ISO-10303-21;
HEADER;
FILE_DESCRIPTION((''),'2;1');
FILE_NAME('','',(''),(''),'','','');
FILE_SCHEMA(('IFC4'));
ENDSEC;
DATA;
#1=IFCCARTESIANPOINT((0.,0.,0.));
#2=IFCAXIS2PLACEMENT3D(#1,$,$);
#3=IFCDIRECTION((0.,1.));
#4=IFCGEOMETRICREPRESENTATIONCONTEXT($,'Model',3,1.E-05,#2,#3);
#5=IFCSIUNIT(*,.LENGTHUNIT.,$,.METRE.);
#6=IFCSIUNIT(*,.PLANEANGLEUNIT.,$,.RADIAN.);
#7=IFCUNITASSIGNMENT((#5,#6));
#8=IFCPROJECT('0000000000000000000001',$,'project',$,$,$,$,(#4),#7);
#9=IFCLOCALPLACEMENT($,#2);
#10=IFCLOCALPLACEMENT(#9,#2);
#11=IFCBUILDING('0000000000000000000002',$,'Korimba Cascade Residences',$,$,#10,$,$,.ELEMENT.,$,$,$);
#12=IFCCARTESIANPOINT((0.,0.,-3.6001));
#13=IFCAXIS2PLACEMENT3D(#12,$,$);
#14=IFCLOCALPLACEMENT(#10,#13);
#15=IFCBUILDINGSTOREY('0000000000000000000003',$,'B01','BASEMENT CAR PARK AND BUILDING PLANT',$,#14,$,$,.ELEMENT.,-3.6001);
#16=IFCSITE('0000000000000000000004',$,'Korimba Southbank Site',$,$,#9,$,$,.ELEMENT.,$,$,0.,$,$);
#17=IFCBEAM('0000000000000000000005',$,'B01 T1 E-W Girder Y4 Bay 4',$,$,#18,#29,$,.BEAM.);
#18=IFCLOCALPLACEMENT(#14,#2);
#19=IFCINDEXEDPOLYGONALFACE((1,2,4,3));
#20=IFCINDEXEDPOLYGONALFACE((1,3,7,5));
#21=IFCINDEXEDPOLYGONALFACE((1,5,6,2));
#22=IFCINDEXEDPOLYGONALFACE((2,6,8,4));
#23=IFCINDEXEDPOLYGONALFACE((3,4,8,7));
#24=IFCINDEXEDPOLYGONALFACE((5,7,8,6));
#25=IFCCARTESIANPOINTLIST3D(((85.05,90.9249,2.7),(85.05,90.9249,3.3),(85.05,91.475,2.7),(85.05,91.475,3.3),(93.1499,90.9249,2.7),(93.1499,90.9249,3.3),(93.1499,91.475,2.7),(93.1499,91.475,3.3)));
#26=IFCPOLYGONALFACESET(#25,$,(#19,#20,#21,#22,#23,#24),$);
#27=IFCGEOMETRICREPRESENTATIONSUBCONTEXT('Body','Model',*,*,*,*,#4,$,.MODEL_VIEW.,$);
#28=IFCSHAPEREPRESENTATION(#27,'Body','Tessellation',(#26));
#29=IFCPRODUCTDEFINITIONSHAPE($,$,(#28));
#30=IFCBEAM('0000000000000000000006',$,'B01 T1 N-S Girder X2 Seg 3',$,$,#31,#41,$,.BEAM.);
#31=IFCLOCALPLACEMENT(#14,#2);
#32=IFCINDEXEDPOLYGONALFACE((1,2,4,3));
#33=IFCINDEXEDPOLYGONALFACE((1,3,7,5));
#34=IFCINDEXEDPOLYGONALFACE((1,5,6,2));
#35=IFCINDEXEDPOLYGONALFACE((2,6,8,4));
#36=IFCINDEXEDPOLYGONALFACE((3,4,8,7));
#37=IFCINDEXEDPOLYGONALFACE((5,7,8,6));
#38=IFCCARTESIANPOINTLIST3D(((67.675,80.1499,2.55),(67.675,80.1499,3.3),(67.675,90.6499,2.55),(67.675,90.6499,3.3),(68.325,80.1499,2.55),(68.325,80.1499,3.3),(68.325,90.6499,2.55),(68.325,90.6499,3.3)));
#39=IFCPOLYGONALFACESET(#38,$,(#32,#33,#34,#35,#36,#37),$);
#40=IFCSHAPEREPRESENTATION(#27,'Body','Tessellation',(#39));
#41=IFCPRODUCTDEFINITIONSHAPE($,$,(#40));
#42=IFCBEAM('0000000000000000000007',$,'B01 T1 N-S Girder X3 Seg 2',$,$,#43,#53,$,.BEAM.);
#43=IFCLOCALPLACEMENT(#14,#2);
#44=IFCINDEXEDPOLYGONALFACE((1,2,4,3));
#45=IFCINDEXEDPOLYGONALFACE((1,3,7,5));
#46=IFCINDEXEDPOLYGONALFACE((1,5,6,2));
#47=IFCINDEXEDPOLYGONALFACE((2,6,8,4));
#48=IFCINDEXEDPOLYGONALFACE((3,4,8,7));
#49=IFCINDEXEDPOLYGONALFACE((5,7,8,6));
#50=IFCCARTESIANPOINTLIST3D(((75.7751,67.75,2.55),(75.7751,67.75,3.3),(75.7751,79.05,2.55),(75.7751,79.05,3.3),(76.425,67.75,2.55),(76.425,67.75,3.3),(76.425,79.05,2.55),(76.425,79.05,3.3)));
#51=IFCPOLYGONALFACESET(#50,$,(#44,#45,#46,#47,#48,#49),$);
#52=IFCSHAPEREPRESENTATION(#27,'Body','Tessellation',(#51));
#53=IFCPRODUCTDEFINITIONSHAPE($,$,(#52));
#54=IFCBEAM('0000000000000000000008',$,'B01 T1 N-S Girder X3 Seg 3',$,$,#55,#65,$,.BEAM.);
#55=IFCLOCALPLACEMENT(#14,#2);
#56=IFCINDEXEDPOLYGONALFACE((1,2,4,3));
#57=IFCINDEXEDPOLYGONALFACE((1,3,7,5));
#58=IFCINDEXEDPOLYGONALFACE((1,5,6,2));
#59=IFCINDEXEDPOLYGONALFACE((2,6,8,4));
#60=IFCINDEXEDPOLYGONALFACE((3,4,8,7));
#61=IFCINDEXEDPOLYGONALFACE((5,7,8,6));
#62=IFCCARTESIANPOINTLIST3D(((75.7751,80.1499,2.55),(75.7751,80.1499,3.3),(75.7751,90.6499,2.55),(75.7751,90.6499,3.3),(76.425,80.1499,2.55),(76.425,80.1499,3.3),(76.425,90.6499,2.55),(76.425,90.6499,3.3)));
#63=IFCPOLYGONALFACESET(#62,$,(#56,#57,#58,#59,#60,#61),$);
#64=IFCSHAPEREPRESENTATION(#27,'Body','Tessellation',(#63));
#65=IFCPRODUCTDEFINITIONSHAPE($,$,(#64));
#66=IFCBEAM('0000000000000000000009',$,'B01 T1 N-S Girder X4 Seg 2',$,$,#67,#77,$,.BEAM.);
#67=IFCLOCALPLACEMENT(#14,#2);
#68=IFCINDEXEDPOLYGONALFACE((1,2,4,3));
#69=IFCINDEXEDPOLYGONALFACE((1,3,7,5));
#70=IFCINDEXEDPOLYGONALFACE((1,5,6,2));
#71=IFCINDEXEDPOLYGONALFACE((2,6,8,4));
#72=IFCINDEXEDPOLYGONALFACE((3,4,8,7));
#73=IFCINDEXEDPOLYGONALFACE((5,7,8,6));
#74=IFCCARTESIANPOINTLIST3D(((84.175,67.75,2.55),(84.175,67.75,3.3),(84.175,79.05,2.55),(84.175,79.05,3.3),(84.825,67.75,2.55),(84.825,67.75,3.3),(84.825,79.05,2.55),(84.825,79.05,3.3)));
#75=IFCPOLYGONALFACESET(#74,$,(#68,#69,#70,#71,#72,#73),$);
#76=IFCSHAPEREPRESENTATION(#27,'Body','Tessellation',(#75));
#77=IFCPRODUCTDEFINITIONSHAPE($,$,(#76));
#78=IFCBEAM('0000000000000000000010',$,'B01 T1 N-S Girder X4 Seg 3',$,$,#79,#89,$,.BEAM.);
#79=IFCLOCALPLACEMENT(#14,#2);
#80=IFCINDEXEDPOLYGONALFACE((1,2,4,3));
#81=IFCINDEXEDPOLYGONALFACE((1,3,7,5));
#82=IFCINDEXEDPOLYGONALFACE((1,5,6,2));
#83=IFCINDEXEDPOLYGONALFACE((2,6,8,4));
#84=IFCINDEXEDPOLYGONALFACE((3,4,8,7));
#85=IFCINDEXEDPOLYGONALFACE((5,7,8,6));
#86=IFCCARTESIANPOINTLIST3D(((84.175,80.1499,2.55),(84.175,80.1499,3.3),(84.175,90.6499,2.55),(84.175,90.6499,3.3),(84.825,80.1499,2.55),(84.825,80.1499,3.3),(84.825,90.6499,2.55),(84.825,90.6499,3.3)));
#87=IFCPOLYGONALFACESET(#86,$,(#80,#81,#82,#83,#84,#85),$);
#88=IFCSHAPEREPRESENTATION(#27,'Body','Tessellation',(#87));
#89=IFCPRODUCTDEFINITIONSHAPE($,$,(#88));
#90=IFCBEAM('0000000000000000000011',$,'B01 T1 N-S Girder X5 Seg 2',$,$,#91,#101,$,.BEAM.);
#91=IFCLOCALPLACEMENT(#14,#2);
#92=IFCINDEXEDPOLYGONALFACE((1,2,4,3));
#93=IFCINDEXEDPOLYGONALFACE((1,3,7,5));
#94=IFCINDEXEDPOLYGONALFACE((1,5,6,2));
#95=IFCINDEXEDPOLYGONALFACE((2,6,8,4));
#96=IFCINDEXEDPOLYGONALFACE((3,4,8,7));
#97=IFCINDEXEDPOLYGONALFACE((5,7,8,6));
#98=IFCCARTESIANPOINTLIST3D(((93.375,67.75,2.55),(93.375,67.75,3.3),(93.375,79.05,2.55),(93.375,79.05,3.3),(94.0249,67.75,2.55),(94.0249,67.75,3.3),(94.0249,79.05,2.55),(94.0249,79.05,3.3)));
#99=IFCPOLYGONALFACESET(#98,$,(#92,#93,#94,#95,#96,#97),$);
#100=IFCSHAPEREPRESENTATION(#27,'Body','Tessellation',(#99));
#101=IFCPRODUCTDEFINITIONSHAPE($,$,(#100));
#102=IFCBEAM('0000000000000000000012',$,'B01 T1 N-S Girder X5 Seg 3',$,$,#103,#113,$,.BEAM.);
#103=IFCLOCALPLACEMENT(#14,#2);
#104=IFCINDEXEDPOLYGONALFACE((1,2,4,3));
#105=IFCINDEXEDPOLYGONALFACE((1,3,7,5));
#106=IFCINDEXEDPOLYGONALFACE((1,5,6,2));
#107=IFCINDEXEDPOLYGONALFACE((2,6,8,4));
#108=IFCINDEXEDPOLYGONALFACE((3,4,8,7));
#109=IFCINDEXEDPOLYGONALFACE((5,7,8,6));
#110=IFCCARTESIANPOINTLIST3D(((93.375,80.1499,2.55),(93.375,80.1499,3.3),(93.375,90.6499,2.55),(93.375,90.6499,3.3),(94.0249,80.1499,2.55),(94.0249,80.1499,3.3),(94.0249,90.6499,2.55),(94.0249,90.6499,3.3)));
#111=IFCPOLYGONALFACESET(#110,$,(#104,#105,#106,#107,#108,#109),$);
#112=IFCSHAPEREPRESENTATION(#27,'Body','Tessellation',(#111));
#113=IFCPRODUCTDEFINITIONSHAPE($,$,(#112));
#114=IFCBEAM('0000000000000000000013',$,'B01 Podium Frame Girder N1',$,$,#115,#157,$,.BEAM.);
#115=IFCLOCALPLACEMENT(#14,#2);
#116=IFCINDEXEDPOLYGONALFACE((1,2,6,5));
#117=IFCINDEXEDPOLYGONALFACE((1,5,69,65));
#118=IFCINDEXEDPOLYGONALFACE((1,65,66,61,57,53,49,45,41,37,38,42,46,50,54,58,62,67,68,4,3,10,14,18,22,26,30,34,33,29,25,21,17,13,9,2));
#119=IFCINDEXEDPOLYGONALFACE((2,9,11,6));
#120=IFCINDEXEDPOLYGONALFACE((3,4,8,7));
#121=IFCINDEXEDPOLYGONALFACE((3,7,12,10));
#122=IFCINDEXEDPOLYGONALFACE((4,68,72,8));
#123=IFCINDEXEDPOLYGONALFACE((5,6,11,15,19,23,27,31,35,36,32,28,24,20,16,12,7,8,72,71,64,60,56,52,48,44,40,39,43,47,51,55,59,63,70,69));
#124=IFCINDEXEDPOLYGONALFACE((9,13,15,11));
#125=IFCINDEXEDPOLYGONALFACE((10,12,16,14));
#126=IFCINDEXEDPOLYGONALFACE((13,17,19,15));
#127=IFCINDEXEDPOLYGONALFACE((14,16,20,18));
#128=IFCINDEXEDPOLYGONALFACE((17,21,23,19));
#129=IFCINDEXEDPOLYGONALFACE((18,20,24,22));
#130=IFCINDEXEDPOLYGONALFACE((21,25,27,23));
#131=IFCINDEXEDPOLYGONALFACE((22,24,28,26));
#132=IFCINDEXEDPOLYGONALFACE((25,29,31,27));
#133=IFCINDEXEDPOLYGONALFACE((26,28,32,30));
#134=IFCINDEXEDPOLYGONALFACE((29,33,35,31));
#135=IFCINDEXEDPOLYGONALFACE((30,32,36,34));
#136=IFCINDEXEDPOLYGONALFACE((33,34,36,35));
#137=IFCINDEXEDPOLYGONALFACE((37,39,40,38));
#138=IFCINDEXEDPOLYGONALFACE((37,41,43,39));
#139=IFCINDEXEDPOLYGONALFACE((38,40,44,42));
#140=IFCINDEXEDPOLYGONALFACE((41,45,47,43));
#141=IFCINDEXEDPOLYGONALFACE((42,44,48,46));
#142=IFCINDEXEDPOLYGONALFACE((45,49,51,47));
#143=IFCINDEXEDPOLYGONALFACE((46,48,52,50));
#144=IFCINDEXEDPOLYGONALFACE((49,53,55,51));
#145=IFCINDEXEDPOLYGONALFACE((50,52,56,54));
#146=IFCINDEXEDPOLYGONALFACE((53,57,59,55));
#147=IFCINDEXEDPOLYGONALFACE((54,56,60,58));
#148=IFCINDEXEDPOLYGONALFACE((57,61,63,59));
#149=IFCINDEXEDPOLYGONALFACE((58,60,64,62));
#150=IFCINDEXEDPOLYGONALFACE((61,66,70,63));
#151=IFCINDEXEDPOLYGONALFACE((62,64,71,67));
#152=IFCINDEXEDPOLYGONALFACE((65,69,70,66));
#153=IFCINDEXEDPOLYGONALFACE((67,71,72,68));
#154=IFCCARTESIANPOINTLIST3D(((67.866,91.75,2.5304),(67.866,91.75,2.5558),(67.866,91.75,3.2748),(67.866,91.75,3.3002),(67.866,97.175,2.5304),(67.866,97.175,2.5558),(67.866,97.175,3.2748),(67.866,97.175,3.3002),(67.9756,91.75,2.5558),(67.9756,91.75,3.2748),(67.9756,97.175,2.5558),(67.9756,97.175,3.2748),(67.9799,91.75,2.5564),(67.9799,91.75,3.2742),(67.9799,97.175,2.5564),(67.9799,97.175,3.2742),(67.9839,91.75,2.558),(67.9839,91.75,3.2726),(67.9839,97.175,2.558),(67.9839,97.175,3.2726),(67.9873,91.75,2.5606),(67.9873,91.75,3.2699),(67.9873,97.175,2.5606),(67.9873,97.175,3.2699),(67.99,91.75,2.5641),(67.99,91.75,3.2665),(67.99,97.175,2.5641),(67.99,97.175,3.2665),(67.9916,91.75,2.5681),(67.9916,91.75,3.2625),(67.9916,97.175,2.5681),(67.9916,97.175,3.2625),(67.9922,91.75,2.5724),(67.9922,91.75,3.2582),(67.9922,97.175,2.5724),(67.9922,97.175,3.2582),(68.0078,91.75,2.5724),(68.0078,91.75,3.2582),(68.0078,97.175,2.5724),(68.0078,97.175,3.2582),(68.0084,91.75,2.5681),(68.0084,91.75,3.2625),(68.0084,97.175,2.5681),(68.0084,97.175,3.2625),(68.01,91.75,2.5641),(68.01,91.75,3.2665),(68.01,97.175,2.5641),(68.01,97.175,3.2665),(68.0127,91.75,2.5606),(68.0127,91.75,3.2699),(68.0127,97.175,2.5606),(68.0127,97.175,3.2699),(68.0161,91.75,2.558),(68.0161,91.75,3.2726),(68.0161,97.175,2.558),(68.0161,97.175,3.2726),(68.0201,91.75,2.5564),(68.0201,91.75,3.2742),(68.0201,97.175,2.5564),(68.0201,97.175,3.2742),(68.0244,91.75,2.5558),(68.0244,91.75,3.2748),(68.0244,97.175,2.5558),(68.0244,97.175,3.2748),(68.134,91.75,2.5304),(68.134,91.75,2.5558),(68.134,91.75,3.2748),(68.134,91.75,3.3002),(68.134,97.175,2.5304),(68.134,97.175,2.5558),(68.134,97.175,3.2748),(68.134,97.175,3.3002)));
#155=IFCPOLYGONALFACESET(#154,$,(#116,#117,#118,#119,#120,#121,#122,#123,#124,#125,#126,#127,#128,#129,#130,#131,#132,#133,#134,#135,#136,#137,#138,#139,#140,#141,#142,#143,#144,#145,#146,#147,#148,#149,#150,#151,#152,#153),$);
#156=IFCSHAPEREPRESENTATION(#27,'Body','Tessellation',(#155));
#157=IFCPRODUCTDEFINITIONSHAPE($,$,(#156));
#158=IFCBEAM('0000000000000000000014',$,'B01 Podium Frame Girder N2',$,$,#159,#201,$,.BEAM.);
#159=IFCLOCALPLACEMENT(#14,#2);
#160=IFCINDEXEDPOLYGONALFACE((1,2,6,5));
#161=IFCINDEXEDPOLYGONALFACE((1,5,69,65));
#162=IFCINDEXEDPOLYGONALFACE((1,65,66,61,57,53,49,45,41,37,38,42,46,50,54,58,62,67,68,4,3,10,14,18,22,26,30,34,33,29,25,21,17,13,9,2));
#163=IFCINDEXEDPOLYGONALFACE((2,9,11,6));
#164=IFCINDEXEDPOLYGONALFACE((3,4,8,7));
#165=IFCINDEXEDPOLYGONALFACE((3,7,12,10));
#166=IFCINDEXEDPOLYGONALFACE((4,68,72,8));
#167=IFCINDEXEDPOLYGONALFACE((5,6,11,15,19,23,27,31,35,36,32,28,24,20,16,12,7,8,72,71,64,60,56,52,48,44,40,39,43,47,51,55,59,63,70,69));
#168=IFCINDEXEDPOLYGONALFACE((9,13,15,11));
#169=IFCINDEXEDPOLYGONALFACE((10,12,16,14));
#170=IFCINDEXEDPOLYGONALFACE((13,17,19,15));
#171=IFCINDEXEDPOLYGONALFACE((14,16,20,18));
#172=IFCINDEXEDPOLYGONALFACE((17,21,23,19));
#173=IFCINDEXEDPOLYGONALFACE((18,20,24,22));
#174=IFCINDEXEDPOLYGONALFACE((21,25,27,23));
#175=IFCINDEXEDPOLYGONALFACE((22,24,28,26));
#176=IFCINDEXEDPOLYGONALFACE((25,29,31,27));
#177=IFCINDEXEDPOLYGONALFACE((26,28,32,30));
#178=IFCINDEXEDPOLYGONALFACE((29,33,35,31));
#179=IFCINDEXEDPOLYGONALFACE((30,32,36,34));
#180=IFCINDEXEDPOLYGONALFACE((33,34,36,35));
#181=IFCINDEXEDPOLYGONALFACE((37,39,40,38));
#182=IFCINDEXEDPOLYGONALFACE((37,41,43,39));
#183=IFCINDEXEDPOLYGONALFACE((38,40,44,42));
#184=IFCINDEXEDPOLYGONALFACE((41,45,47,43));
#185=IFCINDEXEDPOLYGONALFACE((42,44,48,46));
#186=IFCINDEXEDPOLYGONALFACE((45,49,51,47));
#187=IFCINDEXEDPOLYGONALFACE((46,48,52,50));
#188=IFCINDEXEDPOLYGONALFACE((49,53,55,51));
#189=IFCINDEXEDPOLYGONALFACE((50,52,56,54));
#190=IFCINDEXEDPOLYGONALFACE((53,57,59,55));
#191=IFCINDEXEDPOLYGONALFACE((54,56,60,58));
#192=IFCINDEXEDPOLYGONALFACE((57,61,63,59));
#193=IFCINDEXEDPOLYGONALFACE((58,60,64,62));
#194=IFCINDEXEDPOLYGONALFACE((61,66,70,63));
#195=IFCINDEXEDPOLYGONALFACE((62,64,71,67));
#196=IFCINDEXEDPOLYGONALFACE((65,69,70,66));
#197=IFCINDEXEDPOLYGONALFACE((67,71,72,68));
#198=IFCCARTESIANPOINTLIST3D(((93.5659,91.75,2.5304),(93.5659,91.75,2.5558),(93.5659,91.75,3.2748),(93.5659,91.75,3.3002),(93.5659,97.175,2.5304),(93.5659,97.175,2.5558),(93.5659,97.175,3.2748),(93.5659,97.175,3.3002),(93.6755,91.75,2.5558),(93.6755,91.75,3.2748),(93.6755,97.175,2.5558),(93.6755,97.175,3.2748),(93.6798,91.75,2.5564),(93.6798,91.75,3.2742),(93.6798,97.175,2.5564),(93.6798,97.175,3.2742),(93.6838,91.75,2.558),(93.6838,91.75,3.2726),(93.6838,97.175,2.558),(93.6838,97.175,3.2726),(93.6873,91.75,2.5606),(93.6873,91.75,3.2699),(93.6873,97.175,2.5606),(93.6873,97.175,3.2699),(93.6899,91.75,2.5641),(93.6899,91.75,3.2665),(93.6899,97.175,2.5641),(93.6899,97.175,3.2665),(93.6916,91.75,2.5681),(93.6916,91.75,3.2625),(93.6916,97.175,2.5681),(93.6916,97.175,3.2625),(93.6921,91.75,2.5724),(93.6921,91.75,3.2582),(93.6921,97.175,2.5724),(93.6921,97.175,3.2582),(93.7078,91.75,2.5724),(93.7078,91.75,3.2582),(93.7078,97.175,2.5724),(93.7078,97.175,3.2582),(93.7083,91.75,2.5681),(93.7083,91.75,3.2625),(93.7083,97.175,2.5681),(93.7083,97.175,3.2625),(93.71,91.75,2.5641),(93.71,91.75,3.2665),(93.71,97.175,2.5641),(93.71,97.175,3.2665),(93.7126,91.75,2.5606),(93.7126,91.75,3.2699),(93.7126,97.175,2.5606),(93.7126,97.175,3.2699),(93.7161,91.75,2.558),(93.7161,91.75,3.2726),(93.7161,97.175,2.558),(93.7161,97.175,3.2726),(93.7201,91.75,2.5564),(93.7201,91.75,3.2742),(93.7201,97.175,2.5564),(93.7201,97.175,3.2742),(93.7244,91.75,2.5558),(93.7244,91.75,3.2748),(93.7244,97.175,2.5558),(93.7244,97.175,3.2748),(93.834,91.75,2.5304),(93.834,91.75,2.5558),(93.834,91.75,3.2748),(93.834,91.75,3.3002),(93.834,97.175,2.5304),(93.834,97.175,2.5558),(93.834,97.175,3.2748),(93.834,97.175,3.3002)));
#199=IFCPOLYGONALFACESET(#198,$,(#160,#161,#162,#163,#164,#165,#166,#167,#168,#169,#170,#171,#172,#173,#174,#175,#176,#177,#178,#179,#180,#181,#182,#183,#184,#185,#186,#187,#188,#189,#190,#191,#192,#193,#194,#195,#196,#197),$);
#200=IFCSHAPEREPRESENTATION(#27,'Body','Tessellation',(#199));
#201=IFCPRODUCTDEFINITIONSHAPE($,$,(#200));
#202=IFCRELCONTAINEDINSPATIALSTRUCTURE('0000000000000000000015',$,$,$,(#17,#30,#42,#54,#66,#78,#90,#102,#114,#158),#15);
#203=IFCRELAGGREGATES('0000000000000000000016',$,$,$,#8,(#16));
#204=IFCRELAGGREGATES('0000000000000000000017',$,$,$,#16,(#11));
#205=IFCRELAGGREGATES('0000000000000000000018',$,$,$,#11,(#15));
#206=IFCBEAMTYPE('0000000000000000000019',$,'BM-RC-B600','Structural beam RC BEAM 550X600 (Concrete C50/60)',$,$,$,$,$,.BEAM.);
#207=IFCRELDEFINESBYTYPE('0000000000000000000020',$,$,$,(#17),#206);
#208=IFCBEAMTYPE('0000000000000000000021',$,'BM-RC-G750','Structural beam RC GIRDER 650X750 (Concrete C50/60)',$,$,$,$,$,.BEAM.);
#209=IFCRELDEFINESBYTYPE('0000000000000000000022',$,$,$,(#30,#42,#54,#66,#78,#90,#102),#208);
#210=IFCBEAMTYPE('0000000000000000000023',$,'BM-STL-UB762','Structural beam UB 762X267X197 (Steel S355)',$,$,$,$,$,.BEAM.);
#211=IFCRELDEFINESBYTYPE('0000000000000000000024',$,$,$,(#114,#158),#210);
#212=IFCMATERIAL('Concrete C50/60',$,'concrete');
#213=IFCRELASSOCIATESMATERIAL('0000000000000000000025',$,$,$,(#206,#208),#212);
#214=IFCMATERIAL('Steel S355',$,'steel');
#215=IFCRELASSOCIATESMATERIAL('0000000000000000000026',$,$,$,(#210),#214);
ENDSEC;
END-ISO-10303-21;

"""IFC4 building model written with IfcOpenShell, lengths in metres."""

from ifc_helpers import new_model, si_unit, direction, frame, origin, origin_2d, place, context, subcontext, project, spatial, rectangle, i_section, extrude, material, material_profile, profile_set, type_object, element, save


model = new_model("IFC4")

# Units and contexts
model_context = context("Model", 3, precision=1e-05, world=origin(), true_north=direction((0.0, 1.0)))
body_context = subcontext(model_context, "Body", "Model", "MODEL_VIEW")
ifc_project = project(units=[si_unit("LENGTHUNIT", "METRE"), si_unit("PLANEANGLEUNIT", "RADIAN")], contexts=[model_context])

# Site, building, storey
site_placement = place(None, origin())
site = spatial("IfcSite", under=ifc_project, at=site_placement, Name="Korimba Southbank Site", CompositionType="ELEMENT", RefElevation=0.0)
building_placement = place(site_placement, origin())
building = spatial("IfcBuilding", under=site, at=building_placement, Name="Korimba Cascade Residences", CompositionType="ELEMENT")
storey_placement = place(building_placement, frame((0.0, 0.0, -3.6001)))
storey = spatial("IfcBuildingStorey", under=building, at=storey_placement, Name="B01", Description="BASEMENT CAR PARK AND BUILDING PLANT", CompositionType="ELEMENT", Elevation=-3.6001)

# Beams
ifc_material_1 = material(Name="Concrete C50/60", Category="concrete")
ifc_material_profile_1 = material_profile(ifc_material_1, rectangle(XDim=0.55, YDim=0.6001, at=origin_2d()), Name="Concrete C50/60")
ifc_profile_set_1 = profile_set([ifc_material_profile_1], Name="Concrete C50/60")
beam_type_1 = type_object("IfcBeamType", Name="BM-RC-B600", Description="Structural beam RC BEAM 550X600 (Concrete C50/60)", PredefinedType="BEAM", material=ifc_profile_set_1)
beam_1_placement = place(storey_placement, frame((85.05, 91.2, 3.0), z_axis=(1.0, 0.0, 0.0), x_axis=(0.0, 1.0, 0.0)))
element("IfcBeam", 1, at=beam_1_placement, inside=storey, type_object=beam_type_1, Name="B01 T1 E-W Girder Y4 Bay 4", PredefinedType="BEAM", context=body_context, shape_type="SweptSolid", body=[
    extrude(rectangle(XDim=0.55, YDim=0.6001, at=origin_2d()), origin(), (0.0, 0.0, 1.0), 8.0999),
])
ifc_material_profile_2 = material_profile(ifc_material_1, rectangle(XDim=0.6499, YDim=0.75, at=origin_2d()), Name="Concrete C50/60")
ifc_profile_set_2 = profile_set([ifc_material_profile_2], Name="Concrete C50/60")
beam_type_2 = type_object("IfcBeamType", Name="BM-RC-G750", Description="Structural beam RC GIRDER 650X750 (Concrete C50/60)", PredefinedType="BEAM", material=ifc_profile_set_2)
beam_2_placement = place(storey_placement, frame((68.0, 80.1499, 2.925), z_axis=(0.0, 1.0, 0.0), x_axis=(-1.0, 0.0, 0.0)))
element("IfcBeam", 2, at=beam_2_placement, inside=storey, type_object=beam_type_2, Name="B01 T1 N-S Girder X2 Seg 3", PredefinedType="BEAM", context=body_context, shape_type="SweptSolid", body=[
    extrude(rectangle(XDim=0.6499, YDim=0.75, at=origin_2d()), origin(), (0.0, 0.0, 1.0), 10.5),
])
beam_3_placement = place(storey_placement, frame((76.1001, 67.75, 2.925), z_axis=(0.0, 1.0, 0.0), x_axis=(-1.0, 0.0, 0.0)))
element("IfcBeam", 3, at=beam_3_placement, inside=storey, type_object=beam_type_2, Name="B01 T1 N-S Girder X3 Seg 2", PredefinedType="BEAM", context=body_context, shape_type="SweptSolid", body=[
    extrude(rectangle(XDim=0.6499, YDim=0.75, at=origin_2d()), origin(), (0.0, 0.0, 1.0), 11.3),
])
beam_4_placement = place(storey_placement, frame((76.1001, 80.1499, 2.925), z_axis=(0.0, 1.0, 0.0), x_axis=(-1.0, 0.0, 0.0)))
element("IfcBeam", 4, at=beam_4_placement, inside=storey, type_object=beam_type_2, Name="B01 T1 N-S Girder X3 Seg 3", PredefinedType="BEAM", context=body_context, shape_type="SweptSolid", body=[
    extrude(rectangle(XDim=0.6499, YDim=0.75, at=origin_2d()), origin(), (0.0, 0.0, 1.0), 10.5),
])
beam_5_placement = place(storey_placement, frame((84.5, 67.75, 2.925), z_axis=(0.0, 1.0, 0.0), x_axis=(-1.0, 0.0, 0.0)))
element("IfcBeam", 5, at=beam_5_placement, inside=storey, type_object=beam_type_2, Name="B01 T1 N-S Girder X4 Seg 2", PredefinedType="BEAM", context=body_context, shape_type="SweptSolid", body=[
    extrude(rectangle(XDim=0.6499, YDim=0.75, at=origin_2d()), origin(), (0.0, 0.0, 1.0), 11.3),
])
beam_6_placement = place(storey_placement, frame((84.5, 80.1499, 2.925), z_axis=(0.0, 1.0, 0.0), x_axis=(-1.0, 0.0, 0.0)))
element("IfcBeam", 6, at=beam_6_placement, inside=storey, type_object=beam_type_2, Name="B01 T1 N-S Girder X4 Seg 3", PredefinedType="BEAM", context=body_context, shape_type="SweptSolid", body=[
    extrude(rectangle(XDim=0.6499, YDim=0.75, at=origin_2d()), origin(), (0.0, 0.0, 1.0), 10.5),
])
beam_7_placement = place(storey_placement, frame((93.7, 67.75, 2.925), z_axis=(0.0, 1.0, 0.0), x_axis=(-1.0, 0.0, 0.0)))
element("IfcBeam", 7, at=beam_7_placement, inside=storey, type_object=beam_type_2, Name="B01 T1 N-S Girder X5 Seg 2", PredefinedType="BEAM", context=body_context, shape_type="SweptSolid", body=[
    extrude(rectangle(XDim=0.6499, YDim=0.75, at=origin_2d()), origin(), (0.0, 0.0, 1.0), 11.3),
])
beam_8_placement = place(storey_placement, frame((93.7, 80.1499, 2.925), z_axis=(0.0, 1.0, 0.0), x_axis=(-1.0, 0.0, 0.0)))
element("IfcBeam", 8, at=beam_8_placement, inside=storey, type_object=beam_type_2, Name="B01 T1 N-S Girder X5 Seg 3", PredefinedType="BEAM", context=body_context, shape_type="SweptSolid", body=[
    extrude(rectangle(XDim=0.6499, YDim=0.75, at=origin_2d()), origin(), (0.0, 0.0, 1.0), 10.5),
])
ifc_material_2 = material(Name="Steel S355", Category="steel")
ifc_material_profile_3 = material_profile(ifc_material_2, i_section(OverallWidth=0.2681, OverallDepth=0.7698, WebThickness=0.0156, FlangeThickness=0.0254, FilletRadius=0.0166, at=origin_2d()), Name="Steel S355")
ifc_profile_set_3 = profile_set([ifc_material_profile_3], Name="Steel S355")
beam_type_3 = type_object("IfcBeamType", Name="BM-STL-UB762", Description="Structural beam UB 762X267X197 (Steel S355)", PredefinedType="BEAM", material=ifc_profile_set_3)
for number, where, z_axis, x_axis, name in (
    (9, (68.0, 91.75, 2.9153), (0.0, 1.0, 0.0), (-1.0, 0.0, 0.0), "B01 Podium Frame Girder N1"),
    (10, (93.7, 91.75, 2.9153), (0.0, 1.0, 0.0), (-1.0, 0.0, 0.0), "B01 Podium Frame Girder N2"),
):
    element("IfcBeam", number, at=place(storey_placement, frame(where, z_axis=z_axis, x_axis=x_axis)), inside=storey, type_object=beam_type_3, Name=name, PredefinedType="BEAM", context=body_context, shape_type="SweptSolid", body=[
        extrude(i_section(OverallWidth=0.2681, OverallDepth=0.7698, WebThickness=0.0156, FlangeThickness=0.0254, FilletRadius=0.0166, at=origin_2d()), origin(), (0.0, 0.0, 1.0), 5.425),
    ])

save(model, "model.ifc")
